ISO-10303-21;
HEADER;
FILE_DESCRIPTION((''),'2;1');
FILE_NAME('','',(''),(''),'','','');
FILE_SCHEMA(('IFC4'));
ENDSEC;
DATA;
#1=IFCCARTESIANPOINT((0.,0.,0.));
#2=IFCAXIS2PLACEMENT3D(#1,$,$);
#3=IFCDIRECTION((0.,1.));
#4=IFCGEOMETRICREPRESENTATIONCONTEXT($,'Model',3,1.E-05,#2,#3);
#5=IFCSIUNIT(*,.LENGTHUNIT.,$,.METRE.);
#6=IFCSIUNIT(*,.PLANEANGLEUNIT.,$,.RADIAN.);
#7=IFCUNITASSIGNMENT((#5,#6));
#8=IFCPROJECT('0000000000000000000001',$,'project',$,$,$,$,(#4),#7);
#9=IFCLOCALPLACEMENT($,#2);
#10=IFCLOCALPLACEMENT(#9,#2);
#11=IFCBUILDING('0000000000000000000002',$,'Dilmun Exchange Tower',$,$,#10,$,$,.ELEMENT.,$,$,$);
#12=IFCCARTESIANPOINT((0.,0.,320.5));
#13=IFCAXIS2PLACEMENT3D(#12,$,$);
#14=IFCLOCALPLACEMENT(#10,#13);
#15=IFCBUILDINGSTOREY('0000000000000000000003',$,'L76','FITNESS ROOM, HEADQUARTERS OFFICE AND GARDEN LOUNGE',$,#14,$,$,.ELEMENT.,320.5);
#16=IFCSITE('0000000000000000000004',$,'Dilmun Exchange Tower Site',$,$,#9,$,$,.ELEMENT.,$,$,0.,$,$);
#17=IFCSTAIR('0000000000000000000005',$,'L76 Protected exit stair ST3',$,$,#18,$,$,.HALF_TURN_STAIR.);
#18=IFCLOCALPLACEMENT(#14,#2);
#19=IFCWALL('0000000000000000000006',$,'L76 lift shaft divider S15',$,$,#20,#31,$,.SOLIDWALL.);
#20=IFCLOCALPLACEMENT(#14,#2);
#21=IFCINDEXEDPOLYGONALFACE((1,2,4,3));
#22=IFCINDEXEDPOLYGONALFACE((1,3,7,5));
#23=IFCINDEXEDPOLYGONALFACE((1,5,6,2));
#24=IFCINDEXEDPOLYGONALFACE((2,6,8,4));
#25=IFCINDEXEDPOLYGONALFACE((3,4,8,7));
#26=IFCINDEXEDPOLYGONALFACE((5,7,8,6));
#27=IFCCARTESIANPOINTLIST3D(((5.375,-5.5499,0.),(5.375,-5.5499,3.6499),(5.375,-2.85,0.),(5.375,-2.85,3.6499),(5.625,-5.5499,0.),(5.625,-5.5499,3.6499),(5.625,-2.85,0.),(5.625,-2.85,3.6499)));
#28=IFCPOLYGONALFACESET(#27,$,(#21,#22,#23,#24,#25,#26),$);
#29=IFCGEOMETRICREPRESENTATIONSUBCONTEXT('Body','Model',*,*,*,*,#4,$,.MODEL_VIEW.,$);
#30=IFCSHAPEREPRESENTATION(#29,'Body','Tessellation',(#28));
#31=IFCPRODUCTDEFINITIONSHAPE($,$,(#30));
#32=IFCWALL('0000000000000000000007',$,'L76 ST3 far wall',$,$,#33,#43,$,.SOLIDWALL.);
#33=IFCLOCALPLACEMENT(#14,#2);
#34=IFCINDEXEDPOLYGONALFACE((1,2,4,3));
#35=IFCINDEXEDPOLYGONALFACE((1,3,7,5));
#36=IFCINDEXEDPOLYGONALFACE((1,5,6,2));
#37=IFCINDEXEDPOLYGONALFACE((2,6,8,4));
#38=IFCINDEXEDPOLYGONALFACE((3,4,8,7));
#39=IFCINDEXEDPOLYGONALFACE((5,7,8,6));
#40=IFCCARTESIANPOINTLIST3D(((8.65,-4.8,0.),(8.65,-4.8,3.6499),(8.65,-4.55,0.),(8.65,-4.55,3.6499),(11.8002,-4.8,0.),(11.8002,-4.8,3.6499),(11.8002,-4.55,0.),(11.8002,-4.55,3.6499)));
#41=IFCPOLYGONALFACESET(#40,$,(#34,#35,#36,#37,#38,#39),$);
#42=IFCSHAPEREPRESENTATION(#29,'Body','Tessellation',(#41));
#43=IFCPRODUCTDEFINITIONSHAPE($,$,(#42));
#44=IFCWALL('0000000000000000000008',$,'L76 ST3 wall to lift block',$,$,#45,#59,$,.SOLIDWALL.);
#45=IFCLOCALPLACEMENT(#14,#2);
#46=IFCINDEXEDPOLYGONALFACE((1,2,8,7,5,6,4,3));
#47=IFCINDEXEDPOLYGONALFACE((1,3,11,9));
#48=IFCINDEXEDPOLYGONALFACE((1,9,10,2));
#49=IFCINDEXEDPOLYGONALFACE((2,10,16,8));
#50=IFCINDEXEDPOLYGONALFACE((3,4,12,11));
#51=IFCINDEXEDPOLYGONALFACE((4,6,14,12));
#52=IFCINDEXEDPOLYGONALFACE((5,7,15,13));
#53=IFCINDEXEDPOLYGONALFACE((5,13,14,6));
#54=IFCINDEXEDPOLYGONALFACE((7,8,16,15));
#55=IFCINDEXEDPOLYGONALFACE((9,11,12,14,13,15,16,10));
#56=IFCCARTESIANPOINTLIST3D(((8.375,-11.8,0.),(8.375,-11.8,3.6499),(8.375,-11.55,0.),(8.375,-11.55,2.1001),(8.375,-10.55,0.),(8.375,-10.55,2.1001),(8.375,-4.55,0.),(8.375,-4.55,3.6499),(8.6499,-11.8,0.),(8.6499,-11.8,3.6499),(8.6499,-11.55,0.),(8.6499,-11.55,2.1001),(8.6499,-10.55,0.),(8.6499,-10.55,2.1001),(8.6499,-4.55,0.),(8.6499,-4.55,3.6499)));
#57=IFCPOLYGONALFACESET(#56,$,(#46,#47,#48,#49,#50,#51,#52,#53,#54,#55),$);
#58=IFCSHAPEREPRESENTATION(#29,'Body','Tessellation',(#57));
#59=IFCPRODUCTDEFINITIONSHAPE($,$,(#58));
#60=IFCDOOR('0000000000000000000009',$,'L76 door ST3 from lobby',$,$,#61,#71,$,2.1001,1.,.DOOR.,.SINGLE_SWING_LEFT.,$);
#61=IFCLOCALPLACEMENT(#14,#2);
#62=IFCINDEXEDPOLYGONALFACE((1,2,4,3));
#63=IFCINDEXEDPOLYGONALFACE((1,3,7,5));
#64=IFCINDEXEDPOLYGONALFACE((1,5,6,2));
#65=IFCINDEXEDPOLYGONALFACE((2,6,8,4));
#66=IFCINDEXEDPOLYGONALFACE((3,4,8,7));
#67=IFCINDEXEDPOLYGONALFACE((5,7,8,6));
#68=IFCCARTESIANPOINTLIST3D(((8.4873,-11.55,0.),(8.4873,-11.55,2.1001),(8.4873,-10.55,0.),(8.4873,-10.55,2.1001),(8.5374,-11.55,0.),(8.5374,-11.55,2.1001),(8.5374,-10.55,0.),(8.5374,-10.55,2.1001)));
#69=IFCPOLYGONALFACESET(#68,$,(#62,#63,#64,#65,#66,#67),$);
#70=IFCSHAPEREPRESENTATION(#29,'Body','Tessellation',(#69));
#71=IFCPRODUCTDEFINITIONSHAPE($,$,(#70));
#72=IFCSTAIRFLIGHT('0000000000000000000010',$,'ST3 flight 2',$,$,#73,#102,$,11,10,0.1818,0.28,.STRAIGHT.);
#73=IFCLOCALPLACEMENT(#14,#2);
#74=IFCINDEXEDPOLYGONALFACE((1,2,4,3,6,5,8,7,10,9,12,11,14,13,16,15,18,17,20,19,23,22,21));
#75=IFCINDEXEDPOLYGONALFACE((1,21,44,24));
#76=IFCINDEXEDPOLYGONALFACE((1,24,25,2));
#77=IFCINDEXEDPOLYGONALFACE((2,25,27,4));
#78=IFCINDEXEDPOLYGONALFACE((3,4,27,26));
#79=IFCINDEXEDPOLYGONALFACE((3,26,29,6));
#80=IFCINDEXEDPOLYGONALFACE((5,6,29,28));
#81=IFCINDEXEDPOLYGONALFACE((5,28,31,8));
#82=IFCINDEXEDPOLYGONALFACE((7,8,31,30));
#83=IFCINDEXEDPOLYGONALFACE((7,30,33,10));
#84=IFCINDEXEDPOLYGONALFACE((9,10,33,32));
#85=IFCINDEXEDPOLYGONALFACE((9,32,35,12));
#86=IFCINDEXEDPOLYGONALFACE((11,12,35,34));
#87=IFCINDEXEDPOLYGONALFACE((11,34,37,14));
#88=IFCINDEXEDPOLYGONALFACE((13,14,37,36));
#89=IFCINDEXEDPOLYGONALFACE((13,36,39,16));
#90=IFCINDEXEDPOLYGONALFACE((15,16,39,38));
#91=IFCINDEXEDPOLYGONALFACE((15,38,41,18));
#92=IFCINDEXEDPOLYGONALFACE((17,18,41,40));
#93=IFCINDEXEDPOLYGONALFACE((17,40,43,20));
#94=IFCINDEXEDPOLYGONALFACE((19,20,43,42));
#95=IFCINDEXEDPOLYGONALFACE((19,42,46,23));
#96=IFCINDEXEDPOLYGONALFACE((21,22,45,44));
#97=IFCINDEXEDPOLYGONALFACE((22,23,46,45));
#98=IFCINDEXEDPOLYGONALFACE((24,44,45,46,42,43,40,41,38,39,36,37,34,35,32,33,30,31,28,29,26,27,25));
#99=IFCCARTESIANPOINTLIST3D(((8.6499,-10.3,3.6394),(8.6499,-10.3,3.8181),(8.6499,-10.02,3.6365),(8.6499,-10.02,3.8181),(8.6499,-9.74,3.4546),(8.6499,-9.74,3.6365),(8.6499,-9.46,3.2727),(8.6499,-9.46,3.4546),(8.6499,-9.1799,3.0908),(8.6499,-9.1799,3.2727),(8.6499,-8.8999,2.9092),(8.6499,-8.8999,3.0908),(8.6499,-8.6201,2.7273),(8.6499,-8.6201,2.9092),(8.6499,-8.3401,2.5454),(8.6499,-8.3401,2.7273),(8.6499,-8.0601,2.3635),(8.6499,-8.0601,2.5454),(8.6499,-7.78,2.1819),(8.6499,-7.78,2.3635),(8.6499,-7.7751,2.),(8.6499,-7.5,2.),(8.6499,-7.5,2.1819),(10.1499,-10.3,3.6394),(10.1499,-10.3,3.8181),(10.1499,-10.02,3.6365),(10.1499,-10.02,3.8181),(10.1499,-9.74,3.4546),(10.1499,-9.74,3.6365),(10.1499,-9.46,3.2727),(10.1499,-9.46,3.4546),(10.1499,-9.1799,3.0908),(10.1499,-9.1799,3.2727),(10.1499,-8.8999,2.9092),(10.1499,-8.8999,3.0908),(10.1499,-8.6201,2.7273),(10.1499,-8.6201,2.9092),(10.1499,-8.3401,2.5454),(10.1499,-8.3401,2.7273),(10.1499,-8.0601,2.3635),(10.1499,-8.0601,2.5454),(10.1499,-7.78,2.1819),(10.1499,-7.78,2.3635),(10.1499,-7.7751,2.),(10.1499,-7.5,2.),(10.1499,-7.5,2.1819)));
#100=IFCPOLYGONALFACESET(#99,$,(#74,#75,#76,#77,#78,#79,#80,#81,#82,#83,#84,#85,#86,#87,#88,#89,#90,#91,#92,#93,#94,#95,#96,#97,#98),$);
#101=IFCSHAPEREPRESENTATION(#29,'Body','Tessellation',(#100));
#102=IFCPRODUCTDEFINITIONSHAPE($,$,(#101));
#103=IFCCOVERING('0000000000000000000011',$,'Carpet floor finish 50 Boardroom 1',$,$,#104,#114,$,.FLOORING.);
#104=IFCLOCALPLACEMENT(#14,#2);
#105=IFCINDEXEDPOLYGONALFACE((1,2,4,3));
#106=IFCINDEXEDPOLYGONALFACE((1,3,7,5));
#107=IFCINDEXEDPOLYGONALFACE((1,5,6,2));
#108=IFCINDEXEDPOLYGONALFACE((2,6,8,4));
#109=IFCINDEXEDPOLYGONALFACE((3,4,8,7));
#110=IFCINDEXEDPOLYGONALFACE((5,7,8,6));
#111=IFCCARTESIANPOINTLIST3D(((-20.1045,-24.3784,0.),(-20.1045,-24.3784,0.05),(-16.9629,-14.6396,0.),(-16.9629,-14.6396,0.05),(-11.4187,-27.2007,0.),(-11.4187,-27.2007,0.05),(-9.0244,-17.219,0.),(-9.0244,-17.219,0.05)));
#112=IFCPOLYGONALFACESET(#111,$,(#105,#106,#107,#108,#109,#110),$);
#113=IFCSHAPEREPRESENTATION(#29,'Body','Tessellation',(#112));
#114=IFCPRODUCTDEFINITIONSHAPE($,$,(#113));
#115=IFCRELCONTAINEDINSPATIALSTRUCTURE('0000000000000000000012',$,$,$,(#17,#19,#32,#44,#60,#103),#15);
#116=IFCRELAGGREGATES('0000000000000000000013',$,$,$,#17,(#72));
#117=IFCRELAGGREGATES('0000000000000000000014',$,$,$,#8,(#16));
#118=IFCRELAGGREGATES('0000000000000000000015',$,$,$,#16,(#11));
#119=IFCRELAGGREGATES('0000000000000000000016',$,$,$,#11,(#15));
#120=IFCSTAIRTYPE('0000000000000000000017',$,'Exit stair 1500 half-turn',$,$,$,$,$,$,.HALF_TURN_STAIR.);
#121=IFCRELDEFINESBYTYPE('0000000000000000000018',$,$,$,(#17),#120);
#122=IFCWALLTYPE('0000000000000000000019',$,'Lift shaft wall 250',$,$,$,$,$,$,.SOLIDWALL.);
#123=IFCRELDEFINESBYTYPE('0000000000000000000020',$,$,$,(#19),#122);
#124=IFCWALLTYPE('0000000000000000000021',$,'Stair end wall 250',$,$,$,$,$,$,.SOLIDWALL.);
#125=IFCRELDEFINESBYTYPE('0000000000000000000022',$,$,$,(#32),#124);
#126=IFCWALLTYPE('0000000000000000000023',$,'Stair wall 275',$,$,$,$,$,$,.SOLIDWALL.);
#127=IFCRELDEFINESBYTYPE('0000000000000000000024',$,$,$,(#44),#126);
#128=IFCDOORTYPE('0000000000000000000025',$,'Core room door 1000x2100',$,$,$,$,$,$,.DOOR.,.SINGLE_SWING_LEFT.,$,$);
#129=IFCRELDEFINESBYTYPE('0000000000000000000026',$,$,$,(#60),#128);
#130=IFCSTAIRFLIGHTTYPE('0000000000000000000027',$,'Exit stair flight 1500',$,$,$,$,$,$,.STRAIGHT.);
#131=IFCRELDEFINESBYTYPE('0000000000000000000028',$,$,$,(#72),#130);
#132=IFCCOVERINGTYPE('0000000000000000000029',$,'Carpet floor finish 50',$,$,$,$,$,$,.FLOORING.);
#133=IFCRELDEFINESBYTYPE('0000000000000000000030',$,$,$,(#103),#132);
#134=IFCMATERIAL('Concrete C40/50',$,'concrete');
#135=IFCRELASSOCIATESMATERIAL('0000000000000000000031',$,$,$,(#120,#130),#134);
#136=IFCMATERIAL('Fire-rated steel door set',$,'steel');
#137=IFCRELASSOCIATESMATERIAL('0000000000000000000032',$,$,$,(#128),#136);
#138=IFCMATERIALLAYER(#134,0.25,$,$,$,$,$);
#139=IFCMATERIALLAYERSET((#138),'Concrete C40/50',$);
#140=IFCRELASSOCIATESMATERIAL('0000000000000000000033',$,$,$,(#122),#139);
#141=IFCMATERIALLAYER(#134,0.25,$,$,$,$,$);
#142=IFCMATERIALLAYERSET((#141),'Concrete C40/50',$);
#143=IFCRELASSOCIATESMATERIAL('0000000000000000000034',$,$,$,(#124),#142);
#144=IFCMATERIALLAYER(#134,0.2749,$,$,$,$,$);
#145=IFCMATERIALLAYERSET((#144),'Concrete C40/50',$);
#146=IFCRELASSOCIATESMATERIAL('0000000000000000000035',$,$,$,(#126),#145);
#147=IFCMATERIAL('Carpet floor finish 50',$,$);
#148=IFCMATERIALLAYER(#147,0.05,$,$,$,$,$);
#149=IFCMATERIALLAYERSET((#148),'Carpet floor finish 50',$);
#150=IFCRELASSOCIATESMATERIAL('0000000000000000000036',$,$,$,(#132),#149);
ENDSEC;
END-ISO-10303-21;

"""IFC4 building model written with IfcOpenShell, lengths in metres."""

from ifc_helpers import new_model, si_unit, direction, frame, frame_2d, origin, place, context, subcontext, project, spatial, polyline, rectangle, outline, extrude, material, layer, layer_set, type_object, element, fill, aggregate, save


model = new_model("IFC4")

# Units and contexts
model_context = context("Model", 3, precision=1e-05, world=origin(), true_north=direction((0.0, 1.0)))
body_context = subcontext(model_context, "Body", "Model", "MODEL_VIEW")
ifc_project = project(units=[si_unit("LENGTHUNIT", "METRE"), si_unit("PLANEANGLEUNIT", "RADIAN")], contexts=[model_context])

# Site, building, storey
site_placement = place(None, origin())
site = spatial("IfcSite", under=ifc_project, at=site_placement, Name="Dilmun Exchange Tower Site", CompositionType="ELEMENT", RefElevation=0.0)
building_placement = place(site_placement, origin())
building = spatial("IfcBuilding", under=site, at=building_placement, Name="Dilmun Exchange Tower", CompositionType="ELEMENT")
storey_placement = place(building_placement, frame((0.0, 0.0, 320.5)))
storey = spatial("IfcBuildingStorey", under=building, at=storey_placement, Name="L76", Description="FITNESS ROOM, HEADQUARTERS OFFICE AND GARDEN LOUNGE", CompositionType="ELEMENT", Elevation=320.5)

# Shared definitions
ifc_material_1 = material(Name="Concrete C40/50", Category="concrete")

# Stair
stair_type = type_object("IfcStairType", Name="Exit stair 1500 half-turn", PredefinedType="HALF_TURN_STAIR", material=ifc_material_1)
stair_1_placement = place(storey_placement, origin())
stair_1 = element("IfcStair", 1, at=stair_1_placement, inside=storey, type_object=stair_type, Name="L76 Protected exit stair ST3", PredefinedType="HALF_TURN_STAIR")

# Shared definitions
ifc_material_2 = material(Name="Fire-rated steel door set", Category="steel")

# Shared definitions
door_type_1 = type_object("IfcDoorType", Name="Core room door 1000x2100", OperationType="SINGLE_SWING_LEFT", PredefinedType="DOOR", material=ifc_material_2)

# Walls
ifc_layer_1 = layer(ifc_material_1, 0.25)
ifc_layer_set_1 = layer_set([ifc_layer_1], Name="Concrete C40/50")
wall_type_1 = type_object("IfcWallType", Name="Lift shaft wall 250", PredefinedType="SOLIDWALL", material=ifc_layer_set_1)
for number, where, z_axis, x_axis, name in (
    (2, (5.5, -5.55, 0.0), (0.0, 0.0, 1.0), (0.0, 1.0, 0.0), "L76 lift shaft divider S15"),
):
    element("IfcWall", number, at=place(storey_placement, frame(where, z_axis=z_axis, x_axis=x_axis)), inside=storey, type_object=wall_type_1, Name=name, PredefinedType="SOLIDWALL", context=body_context, shape_type="SweptSolid", body=[
        extrude(rectangle(XDim=2.7, YDim=0.25, at=frame_2d((1.3501, 0.0))), origin(), (0.0, 0.0, 1.0), 3.6499),
    ])
ifc_layer_2 = layer(ifc_material_1, 0.25)
ifc_layer_set_2 = layer_set([ifc_layer_2], Name="Concrete C40/50")
wall_type_2 = type_object("IfcWallType", Name="Stair end wall 250", PredefinedType="SOLIDWALL", material=ifc_layer_set_2)
wall_1_placement = place(storey_placement, frame((8.6499, -4.675, 0.0), z_axis=(0.0, 0.0, 1.0), x_axis=(1.0, 0.0, 0.0)))
element("IfcWall", 3, at=wall_1_placement, inside=storey, type_object=wall_type_2, Name="L76 ST3 far wall", PredefinedType="SOLIDWALL", context=body_context, shape_type="SweptSolid", body=[
    extrude(rectangle(XDim=3.1501, YDim=0.25, at=frame_2d((1.5752, 0.0))), origin(), (0.0, 0.0, 1.0), 3.6499),
])

# Wall, opening, door
ifc_layer_3 = layer(ifc_material_1, 0.2749)
ifc_layer_set_3 = layer_set([ifc_layer_3], Name="Concrete C40/50")
wall_type_3 = type_object("IfcWallType", Name="Stair wall 275", PredefinedType="SOLIDWALL", material=ifc_layer_set_3)
wall_2_placement = place(storey_placement, frame((8.5125, -4.55, 0.0), z_axis=(0.0, 0.0, 1.0), x_axis=(0.0, -1.0, 0.0)))
wall_2 = element("IfcWall", 4, at=wall_2_placement, inside=storey, type_object=wall_type_3, Name="L76 ST3 wall to lift block", PredefinedType="SOLIDWALL", context=body_context, shape_type="SweptSolid", body=[
    extrude(rectangle(XDim=7.25, YDim=0.2749, at=frame_2d((3.625, 0.0))), origin(), (0.0, 0.0, 1.0), 3.6499),
])
opening_1_placement = place(wall_2_placement, frame((6.0, 0.0, 0.0)))
opening_1 = element("IfcOpeningElement", 5, at=opening_1_placement, cuts=wall_2, PredefinedType="OPENING", context=body_context, shape_type="SweptSolid", body=[
    extrude(rectangle(XDim=1.0, YDim=2.1001, at=frame_2d((0.5, 1.05))), frame((0.0, 0.1475, 0.0), z_axis=(0.0, -1.0, 0.0), x_axis=(1.0, 0.0, 0.0)), (0.0, 0.0, 1.0), 0.2949),
])
door_1_placement = place(opening_1_placement, origin())
door_1 = element("IfcDoor", 6, at=door_1_placement, inside=storey, type_object=door_type_1, Name="L76 door ST3 from lobby", OperationType="SINGLE_SWING_LEFT", OverallHeight=2.1001, OverallWidth=1.0, PredefinedType="DOOR", context=body_context, shape_type="SweptSolid", body=[
    extrude(rectangle(XDim=1.0, YDim=2.1001, at=frame_2d((0.5, 1.05))), frame((0.0, 0.0249, 0.0), z_axis=(0.0, -1.0, 0.0), x_axis=(1.0, 0.0, 0.0)), (0.0, 0.0, 1.0), 0.05),
])
fill(opening_1, door_1)

# Stair flight
stair_flight_type = type_object("IfcStairFlightType", Name="Exit stair flight 1500", PredefinedType="STRAIGHT", material=ifc_material_1)
stair_flight_placement = place(storey_placement, frame((9.3999, -7.5, 2.0), z_axis=(0.0, 0.0, 1.0), x_axis=(0.0, -1.0, 0.0)))
stair_flight = element("IfcStairFlight", 7, at=stair_flight_placement, type_object=stair_flight_type, Name="ST3 flight 2", NumberOfRisers=11, NumberOfTreads=10, PredefinedType="STRAIGHT", RiserHeight=0.1818, TreadLength=0.28, context=body_context, shape_type="SweptSolid", body=[
    extrude(outline(polyline([(0.0, 0.0), (0.0, 0.1819), (0.28, 0.1819), (0.28, 0.3635), (0.5601, 0.3635), (0.5601, 0.5454), (0.8401, 0.5454), (0.8401, 0.7273), (1.1201, 0.7273), (1.1201, 0.9092), (1.3999, 0.9092), (1.3999, 1.0908), (1.6799, 1.0908), (1.6799, 1.2727), (1.96, 1.2727), (1.96, 1.4546), (2.24, 1.4546), (2.24, 1.6365), (2.52, 1.6365), (2.52, 1.8181), (2.8, 1.8181), (2.8, 2.0), (2.8, 1.6394), (0.2751, 0.0), (0.0, 0.0)])), frame((0.0, 0.75, 0.0), z_axis=(0.0, -1.0, 0.0), x_axis=(1.0, 0.0, 0.0)), (0.0, 0.0, 1.0), 1.5),
])
aggregate(stair_1, [stair_flight])

# Covering
ifc_material_3 = material(Name="Carpet floor finish 50")
ifc_layer_4 = layer(ifc_material_3, 0.05)
ifc_layer_set_4 = layer_set([ifc_layer_4], Name="Carpet floor finish 50")
covering_type_1 = type_object("IfcCoveringType", Name="Carpet floor finish 50", PredefinedType="FLOORING", material=ifc_layer_set_4)
covering_1_placement = place(storey_placement, origin())
element("IfcCovering", 8, at=covering_1_placement, inside=storey, type_object=covering_type_1, Name="Carpet floor finish 50 Boardroom 1", PredefinedType="FLOORING", context=body_context, shape_type="SweptSolid", body=[
    extrude(outline(polyline([(-9.0244, -17.219), (-11.4187, -27.2007), (-20.1045, -24.3784), (-16.9629, -14.6396), (-9.0244, -17.219)])), origin(), (0.0, 0.0, 1.0), 0.05),
])

save(model, "model.ifc")
